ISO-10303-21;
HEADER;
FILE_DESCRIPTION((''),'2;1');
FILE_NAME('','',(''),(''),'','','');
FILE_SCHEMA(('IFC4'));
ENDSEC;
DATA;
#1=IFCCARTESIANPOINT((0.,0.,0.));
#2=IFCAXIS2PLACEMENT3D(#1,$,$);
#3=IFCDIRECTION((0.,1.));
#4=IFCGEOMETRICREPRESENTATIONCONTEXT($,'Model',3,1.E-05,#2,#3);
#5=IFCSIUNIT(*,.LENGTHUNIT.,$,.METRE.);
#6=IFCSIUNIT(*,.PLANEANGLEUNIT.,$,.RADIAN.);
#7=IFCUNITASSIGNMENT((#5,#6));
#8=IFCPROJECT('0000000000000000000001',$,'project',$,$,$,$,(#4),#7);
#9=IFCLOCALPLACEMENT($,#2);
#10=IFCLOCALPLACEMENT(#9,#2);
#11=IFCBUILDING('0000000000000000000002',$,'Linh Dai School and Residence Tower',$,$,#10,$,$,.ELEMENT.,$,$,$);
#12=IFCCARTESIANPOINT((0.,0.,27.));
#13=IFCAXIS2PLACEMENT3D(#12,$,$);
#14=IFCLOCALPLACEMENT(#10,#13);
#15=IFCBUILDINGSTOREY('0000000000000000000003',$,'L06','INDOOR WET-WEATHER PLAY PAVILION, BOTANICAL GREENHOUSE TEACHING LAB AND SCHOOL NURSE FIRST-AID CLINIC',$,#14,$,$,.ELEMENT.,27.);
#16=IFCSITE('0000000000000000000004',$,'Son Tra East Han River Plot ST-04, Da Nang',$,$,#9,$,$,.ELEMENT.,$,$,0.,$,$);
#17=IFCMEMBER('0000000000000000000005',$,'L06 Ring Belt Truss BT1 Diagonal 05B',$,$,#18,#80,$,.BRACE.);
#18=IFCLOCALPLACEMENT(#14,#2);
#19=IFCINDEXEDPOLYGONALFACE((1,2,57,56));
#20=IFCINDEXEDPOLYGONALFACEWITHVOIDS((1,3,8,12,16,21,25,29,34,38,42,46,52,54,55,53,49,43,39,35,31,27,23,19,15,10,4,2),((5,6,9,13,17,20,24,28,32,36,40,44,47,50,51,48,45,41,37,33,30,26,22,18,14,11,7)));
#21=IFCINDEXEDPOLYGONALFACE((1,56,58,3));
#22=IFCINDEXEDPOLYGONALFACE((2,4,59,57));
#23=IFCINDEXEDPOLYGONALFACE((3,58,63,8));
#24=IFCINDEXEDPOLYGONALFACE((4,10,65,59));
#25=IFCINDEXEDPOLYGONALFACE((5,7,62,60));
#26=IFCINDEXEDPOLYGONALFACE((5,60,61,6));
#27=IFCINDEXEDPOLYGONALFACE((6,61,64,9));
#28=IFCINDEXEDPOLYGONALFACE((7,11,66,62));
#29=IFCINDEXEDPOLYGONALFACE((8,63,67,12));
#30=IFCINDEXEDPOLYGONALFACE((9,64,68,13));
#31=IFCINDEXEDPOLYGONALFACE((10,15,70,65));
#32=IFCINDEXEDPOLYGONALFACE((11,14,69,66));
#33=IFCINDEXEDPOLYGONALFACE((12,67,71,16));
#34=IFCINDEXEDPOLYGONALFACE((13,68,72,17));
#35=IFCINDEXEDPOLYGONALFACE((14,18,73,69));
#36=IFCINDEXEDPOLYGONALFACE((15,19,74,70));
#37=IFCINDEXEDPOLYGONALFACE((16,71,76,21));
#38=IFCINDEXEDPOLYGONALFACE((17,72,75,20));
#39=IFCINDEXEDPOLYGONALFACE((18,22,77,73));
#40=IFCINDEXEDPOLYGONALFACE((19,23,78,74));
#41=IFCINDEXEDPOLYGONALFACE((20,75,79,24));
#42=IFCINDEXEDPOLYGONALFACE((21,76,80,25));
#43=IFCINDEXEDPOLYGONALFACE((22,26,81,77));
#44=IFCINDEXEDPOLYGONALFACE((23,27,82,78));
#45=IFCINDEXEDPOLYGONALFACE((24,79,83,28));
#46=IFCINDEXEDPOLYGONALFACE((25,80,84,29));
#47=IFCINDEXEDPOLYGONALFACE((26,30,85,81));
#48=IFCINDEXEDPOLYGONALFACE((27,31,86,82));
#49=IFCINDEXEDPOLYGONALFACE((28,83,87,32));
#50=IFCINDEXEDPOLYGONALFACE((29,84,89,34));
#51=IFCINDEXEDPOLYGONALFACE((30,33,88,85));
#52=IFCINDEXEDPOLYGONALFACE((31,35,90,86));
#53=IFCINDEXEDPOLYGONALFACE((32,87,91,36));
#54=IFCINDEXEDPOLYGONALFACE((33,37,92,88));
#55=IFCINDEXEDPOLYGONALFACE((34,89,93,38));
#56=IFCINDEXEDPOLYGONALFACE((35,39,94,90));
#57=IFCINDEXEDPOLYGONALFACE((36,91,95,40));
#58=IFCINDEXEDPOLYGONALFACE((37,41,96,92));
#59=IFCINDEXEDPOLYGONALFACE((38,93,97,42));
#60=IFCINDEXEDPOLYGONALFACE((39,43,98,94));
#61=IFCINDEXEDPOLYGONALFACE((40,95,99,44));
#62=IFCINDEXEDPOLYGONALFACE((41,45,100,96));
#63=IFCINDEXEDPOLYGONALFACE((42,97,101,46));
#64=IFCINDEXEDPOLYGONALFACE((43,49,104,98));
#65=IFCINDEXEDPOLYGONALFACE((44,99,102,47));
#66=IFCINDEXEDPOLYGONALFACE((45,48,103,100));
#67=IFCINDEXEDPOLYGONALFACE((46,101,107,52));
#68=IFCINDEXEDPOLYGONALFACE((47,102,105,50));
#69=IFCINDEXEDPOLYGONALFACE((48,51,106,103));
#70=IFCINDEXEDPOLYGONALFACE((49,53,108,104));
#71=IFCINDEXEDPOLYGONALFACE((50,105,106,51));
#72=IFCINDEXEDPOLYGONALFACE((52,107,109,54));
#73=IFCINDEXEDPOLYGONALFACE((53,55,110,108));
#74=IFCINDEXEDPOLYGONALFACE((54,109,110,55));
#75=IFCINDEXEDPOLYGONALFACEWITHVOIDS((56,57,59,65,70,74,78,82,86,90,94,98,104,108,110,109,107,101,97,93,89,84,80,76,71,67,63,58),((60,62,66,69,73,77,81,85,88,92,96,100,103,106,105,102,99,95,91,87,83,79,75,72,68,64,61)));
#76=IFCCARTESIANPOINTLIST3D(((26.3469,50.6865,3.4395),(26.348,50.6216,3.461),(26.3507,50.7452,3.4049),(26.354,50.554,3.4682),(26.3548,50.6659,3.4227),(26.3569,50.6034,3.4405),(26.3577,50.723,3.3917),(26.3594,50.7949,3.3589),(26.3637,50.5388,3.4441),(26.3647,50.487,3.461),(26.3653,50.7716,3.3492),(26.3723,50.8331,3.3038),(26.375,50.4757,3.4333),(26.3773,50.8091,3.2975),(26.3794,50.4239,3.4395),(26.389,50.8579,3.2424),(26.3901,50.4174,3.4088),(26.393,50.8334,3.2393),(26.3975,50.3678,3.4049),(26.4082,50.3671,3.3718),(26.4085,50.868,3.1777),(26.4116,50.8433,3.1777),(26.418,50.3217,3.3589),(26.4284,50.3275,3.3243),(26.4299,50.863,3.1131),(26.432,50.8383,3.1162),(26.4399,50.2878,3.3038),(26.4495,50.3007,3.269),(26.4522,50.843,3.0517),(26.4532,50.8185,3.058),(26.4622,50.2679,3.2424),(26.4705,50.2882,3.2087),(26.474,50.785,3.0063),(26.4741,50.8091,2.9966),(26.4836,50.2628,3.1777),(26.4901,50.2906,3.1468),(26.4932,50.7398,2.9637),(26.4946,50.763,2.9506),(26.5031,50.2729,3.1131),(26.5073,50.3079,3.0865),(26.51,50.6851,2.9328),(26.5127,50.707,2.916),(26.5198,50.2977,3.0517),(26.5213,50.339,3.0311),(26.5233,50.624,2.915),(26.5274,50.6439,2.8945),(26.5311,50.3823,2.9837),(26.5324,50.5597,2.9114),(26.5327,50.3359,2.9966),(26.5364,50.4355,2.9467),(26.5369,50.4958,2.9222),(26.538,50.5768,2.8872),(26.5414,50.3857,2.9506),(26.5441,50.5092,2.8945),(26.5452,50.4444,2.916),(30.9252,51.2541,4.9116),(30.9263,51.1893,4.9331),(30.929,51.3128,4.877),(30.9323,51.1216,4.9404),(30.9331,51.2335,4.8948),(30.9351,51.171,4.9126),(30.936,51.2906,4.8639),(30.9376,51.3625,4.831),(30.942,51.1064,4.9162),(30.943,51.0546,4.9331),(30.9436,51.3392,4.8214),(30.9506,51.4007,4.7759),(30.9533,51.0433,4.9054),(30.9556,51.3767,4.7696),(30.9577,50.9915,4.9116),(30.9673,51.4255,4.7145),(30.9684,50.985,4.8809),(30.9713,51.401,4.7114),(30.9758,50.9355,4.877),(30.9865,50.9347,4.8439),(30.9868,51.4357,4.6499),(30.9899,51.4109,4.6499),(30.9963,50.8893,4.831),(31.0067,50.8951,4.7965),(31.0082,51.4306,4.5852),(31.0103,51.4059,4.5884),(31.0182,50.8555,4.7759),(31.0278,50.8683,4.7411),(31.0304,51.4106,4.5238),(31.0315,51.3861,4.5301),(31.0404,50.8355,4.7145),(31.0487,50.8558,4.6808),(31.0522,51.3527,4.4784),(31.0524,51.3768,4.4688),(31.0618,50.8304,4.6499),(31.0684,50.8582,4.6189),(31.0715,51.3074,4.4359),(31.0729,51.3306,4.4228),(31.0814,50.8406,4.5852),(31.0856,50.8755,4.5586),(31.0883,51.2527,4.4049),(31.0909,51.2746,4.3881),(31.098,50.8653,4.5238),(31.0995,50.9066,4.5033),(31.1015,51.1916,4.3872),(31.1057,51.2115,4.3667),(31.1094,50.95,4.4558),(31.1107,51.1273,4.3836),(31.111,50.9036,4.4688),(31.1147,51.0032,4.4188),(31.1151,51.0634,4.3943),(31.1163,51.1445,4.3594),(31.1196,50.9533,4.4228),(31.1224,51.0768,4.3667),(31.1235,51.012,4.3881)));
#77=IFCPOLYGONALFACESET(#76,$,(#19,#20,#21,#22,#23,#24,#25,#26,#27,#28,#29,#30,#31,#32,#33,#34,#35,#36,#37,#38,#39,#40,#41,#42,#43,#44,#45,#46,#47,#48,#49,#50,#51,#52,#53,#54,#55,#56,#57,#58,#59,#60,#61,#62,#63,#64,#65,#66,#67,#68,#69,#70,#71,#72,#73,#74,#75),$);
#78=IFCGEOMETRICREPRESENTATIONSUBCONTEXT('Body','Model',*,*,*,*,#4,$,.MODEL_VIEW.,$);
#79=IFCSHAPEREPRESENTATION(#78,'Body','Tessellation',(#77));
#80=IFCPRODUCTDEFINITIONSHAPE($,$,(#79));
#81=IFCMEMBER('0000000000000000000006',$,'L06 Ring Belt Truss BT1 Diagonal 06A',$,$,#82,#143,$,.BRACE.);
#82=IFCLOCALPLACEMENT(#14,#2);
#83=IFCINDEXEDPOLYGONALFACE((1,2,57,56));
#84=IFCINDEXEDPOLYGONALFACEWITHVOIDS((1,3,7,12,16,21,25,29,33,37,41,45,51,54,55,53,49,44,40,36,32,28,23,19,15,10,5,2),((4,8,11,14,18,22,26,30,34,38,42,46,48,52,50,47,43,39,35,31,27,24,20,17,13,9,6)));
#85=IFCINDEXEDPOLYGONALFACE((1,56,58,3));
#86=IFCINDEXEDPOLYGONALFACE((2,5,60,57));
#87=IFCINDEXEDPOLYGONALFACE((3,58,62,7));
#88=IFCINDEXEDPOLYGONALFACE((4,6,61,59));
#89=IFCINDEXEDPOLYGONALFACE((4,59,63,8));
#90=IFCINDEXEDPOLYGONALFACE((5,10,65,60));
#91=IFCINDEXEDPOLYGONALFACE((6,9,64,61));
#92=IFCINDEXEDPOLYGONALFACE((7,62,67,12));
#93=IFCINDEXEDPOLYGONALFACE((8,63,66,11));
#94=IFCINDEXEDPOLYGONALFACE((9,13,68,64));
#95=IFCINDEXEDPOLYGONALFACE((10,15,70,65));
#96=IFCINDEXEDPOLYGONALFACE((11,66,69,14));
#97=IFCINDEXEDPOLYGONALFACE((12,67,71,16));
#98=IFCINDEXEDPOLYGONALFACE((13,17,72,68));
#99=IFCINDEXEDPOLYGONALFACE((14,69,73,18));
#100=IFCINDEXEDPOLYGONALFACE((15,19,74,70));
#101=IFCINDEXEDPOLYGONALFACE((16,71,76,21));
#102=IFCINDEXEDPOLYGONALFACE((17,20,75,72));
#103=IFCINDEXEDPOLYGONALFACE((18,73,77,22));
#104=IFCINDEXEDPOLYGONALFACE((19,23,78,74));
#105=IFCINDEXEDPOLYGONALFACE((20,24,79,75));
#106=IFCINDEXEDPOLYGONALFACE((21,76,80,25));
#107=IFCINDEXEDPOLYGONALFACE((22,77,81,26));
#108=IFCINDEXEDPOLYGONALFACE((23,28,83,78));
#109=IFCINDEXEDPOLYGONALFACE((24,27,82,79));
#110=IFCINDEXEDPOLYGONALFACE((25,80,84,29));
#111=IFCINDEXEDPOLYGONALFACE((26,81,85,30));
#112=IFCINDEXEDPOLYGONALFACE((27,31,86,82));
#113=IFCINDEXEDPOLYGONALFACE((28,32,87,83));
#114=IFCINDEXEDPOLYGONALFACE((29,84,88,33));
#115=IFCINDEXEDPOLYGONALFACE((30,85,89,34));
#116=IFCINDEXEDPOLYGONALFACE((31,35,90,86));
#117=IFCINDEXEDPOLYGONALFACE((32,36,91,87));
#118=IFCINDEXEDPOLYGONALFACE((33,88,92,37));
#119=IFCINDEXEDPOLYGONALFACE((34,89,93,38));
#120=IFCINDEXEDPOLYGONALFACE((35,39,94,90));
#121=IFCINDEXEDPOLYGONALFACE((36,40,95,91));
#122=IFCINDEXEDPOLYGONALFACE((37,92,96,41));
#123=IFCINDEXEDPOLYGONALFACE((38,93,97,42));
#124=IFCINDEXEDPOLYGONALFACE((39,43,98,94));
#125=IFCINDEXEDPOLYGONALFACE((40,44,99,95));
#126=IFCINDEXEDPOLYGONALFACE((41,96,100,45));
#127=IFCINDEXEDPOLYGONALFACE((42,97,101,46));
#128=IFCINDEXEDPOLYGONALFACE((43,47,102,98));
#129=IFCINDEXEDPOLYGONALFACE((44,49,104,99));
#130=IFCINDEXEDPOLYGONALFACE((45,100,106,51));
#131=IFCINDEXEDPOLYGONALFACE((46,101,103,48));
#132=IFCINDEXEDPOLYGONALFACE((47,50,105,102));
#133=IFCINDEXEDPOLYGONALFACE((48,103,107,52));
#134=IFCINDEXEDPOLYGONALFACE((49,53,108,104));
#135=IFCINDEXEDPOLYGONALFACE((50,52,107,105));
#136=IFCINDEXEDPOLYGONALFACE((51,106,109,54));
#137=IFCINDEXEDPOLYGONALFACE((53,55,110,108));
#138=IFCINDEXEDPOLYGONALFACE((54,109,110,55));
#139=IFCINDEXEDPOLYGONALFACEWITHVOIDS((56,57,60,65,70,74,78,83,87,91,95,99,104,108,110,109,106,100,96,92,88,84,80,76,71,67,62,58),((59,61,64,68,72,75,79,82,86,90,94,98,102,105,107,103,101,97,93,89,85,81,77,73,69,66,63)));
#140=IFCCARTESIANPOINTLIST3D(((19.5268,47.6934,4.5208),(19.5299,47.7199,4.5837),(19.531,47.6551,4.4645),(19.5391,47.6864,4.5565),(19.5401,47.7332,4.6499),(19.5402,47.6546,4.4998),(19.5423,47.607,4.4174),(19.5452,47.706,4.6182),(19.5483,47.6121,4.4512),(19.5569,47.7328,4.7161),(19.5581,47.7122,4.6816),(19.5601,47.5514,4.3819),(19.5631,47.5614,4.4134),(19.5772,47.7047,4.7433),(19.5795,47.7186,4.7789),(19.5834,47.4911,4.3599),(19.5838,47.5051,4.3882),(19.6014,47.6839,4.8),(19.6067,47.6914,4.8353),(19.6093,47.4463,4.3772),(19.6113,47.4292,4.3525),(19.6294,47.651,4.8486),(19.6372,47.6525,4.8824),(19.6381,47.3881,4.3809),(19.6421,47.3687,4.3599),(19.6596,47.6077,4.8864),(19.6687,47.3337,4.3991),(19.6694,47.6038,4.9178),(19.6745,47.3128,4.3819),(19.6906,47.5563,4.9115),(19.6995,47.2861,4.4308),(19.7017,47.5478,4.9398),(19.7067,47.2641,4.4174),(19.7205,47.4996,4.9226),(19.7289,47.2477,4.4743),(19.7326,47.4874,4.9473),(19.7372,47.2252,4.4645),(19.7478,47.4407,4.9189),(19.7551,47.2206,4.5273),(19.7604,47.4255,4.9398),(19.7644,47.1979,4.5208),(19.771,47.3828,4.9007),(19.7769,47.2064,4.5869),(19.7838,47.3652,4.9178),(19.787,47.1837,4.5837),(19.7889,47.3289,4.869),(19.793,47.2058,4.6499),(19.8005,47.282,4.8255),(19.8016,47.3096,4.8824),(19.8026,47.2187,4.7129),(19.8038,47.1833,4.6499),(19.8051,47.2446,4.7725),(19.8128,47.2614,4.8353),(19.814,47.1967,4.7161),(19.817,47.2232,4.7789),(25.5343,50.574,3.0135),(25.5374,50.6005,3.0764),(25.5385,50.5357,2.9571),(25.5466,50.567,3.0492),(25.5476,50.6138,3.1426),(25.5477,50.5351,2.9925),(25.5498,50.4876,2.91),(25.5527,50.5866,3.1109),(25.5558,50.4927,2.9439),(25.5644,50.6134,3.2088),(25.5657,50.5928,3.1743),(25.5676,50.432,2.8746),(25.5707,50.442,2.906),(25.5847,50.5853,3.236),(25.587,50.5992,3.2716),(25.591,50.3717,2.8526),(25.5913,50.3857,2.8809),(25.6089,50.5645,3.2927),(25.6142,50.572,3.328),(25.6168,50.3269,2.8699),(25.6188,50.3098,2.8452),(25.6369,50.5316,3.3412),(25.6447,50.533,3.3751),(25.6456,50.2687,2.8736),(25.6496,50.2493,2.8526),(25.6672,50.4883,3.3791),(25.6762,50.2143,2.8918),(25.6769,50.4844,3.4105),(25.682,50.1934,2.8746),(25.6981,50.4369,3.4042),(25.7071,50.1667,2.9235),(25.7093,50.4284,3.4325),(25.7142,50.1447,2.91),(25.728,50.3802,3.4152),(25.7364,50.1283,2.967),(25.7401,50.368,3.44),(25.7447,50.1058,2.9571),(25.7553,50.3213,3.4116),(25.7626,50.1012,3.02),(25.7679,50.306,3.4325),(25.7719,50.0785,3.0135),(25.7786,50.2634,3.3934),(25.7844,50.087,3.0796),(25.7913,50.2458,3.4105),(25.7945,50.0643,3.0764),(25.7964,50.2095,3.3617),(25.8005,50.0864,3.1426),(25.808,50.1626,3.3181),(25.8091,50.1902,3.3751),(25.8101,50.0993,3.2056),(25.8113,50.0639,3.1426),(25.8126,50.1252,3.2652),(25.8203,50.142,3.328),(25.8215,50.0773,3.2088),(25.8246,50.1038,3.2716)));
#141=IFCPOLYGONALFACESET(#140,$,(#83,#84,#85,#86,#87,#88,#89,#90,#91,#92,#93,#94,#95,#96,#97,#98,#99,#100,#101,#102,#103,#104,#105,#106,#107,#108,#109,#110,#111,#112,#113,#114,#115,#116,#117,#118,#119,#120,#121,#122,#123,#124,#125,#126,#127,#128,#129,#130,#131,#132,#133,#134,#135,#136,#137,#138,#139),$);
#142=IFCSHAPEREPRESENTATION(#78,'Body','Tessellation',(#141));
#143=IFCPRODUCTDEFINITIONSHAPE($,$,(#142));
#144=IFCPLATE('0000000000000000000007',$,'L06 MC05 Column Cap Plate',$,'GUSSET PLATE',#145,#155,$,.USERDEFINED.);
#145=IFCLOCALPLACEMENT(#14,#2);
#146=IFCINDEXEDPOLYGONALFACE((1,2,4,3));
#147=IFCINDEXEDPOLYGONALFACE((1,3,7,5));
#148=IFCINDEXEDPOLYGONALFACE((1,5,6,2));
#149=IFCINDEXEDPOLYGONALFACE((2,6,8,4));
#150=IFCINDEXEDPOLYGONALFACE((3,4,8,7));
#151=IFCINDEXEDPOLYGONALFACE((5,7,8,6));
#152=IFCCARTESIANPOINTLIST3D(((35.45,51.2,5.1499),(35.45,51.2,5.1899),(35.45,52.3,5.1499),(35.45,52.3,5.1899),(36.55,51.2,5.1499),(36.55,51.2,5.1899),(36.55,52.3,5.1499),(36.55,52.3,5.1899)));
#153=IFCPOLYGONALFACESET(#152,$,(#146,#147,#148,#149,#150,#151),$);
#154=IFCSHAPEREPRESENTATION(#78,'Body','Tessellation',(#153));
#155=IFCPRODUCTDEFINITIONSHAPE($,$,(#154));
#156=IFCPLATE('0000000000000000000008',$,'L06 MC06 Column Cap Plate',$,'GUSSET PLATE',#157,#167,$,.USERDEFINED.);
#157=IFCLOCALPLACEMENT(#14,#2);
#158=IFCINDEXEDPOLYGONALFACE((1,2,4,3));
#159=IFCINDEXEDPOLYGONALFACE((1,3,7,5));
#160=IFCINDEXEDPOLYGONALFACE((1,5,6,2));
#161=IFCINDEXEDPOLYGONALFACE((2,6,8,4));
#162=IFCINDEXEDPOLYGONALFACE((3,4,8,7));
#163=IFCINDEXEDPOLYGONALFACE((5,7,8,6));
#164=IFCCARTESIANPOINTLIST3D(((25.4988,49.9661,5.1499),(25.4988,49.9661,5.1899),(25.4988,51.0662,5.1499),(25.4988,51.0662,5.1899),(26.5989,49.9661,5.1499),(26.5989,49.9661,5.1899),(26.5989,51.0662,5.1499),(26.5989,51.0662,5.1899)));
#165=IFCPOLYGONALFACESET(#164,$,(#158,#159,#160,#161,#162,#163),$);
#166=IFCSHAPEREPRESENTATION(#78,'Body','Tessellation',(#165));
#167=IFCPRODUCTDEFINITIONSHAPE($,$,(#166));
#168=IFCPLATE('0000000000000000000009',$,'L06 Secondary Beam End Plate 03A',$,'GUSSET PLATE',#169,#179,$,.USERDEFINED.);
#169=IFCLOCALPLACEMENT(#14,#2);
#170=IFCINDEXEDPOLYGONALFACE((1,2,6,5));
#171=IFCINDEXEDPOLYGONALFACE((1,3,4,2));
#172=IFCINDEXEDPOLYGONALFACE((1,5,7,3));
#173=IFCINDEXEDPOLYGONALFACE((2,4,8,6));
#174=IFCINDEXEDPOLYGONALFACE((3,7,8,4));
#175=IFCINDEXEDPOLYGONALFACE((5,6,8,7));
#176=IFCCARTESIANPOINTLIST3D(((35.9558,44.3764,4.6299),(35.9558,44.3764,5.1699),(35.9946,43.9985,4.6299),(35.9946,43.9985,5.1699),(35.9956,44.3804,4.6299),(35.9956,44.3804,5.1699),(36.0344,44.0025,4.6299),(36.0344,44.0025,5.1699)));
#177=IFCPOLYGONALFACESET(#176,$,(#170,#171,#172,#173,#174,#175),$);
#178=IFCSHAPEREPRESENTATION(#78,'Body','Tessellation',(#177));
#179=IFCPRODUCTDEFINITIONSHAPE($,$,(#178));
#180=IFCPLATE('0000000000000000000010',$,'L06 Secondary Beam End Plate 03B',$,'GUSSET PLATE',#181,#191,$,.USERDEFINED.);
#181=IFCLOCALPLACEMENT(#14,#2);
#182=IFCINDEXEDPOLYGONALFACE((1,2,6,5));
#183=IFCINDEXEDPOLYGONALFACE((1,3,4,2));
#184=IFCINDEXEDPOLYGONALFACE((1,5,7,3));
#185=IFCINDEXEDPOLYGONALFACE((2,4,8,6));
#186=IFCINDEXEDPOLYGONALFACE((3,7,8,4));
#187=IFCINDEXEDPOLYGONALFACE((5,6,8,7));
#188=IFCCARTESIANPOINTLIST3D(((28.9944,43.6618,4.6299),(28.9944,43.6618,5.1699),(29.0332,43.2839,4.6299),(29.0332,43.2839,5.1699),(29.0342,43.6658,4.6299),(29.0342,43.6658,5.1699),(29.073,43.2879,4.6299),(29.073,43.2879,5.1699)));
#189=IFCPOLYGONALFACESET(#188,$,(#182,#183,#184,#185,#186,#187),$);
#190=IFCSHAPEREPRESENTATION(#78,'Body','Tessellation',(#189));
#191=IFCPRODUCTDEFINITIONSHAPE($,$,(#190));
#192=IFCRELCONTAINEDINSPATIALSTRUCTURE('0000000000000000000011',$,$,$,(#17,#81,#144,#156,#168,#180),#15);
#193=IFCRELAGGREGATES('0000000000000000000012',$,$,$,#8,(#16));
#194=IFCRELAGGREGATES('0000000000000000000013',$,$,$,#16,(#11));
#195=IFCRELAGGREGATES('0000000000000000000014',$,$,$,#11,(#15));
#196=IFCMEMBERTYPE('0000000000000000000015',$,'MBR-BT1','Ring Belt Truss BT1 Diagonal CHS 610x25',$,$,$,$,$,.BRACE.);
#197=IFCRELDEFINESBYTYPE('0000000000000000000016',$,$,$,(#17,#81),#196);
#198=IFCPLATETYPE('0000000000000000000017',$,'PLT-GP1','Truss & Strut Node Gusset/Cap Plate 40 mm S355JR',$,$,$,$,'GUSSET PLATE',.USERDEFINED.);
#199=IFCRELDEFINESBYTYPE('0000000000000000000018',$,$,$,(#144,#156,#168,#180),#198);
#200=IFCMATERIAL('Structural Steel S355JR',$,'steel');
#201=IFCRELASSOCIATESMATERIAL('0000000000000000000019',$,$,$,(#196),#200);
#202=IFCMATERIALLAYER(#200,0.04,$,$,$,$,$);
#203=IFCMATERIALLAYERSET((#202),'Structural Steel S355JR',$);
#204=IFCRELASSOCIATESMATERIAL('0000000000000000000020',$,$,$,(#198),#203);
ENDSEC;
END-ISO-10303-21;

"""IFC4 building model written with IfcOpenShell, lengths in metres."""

from ifc_helpers import new_model, si_unit, direction, frame, origin, origin_2d, place, context, subcontext, project, spatial, rectangle, hollow_circle, extrude, source, transform, mapped, material, layer, layer_set, material_profile, profile_set, type_object, element, save


model = new_model("IFC4")

# Units and contexts
model_context = context("Model", 3, precision=1e-05, world=origin(), true_north=direction((0.0, 1.0)))
body_context = subcontext(model_context, "Body", "Model", "MODEL_VIEW")
ifc_project = project(units=[si_unit("LENGTHUNIT", "METRE"), si_unit("PLANEANGLEUNIT", "RADIAN")], contexts=[model_context])

# Site, building, storey
site_placement = place(None, origin())
site = spatial("IfcSite", under=ifc_project, at=site_placement, Name="Son Tra East Han River Plot ST-04, Da Nang", CompositionType="ELEMENT", RefElevation=0.0)
building_placement = place(site_placement, origin())
building = spatial("IfcBuilding", under=site, at=building_placement, Name="Linh Dai School and Residence Tower", CompositionType="ELEMENT")
storey_placement = place(building_placement, frame((0.0, 0.0, 27.0)))
storey = spatial("IfcBuildingStorey", under=building, at=storey_placement, Name="L06", Description="INDOOR WET-WEATHER PLAY PAVILION, BOTANICAL GREENHOUSE TEACHING LAB AND SCHOOL NURSE FIRST-AID CLINIC", CompositionType="ELEMENT", Elevation=27.0)

# Shared definitions
ifc_material_1 = material(Name="Structural Steel S355JR", Category="steel")

# Members
ifc_material_profile_1 = material_profile(ifc_material_1, hollow_circle(Radius=0.3049, WallThickness=0.0249, at=origin_2d()), Name="CHS 610x25")
ifc_profile_set_1 = profile_set([ifc_material_profile_1], Name="Structural Steel S355JR")
member_type = type_object("IfcMemberType", Name="MBR-BT1", Description="Ring Belt Truss BT1 Diagonal CHS 610x25", PredefinedType="BRACE", material=ifc_profile_set_1)
member_1_placement = place(storey_placement, frame((26.446, 50.5654, 3.1777), z_axis=(0.945433, 0.117215, 0.304003), x_axis=(-0.123038, 0.992402, 0.0)))
element("IfcMember", 1, at=member_1_placement, inside=storey, type_object=member_type, Name="L06 Ring Belt Truss BT1 Diagonal 05B", PredefinedType="BRACE", context=body_context, shape_type="SweptSolid", body=[
    extrude(hollow_circle(Radius=0.3049, WallThickness=0.0249, at=origin_2d()), origin(), (0.0, 0.0, 1.0), 4.8425),
])
member_2_placement = place(storey_placement, frame((25.6794, 50.3389, 3.1426), z_axis=(-0.879473, -0.421705, 0.220663), x_axis=(0.432363, -0.9017, 0.0)))
element("IfcMember", 2, at=member_2_placement, inside=storey, type_object=member_type, Name="L06 Ring Belt Truss BT1 Diagonal 06A", PredefinedType="BRACE", context=body_context, shape_type="SweptSolid", body=[
    extrude(hollow_circle(Radius=0.3049, WallThickness=0.0249, at=origin_2d()), origin(), (0.0, 0.0, 1.0), 6.8308),
])

# Plates
ifc_layer_1 = layer(ifc_material_1, 0.04)
ifc_layer_set_1 = layer_set([ifc_layer_1], Name="Structural Steel S355JR")
plate_type = type_object("IfcPlateType", Name="PLT-GP1", Description="Truss & Strut Node Gusset/Cap Plate 40 mm S355JR", ElementType="GUSSET PLATE", PredefinedType="USERDEFINED", material=ifc_layer_set_1)
shared_shape_1 = source(origin(), body_context, "Body", "SweptSolid", [
    extrude(rectangle(XDim=1.1001, YDim=1.1001, at=origin_2d()), origin(), (0.0, 0.0, 1.0), 0.04),
])
for number, where, z_axis, x_axis, name in (
    (3, (36.0, 51.75, 5.1499), (0.0, 0.0, 1.0), (1.0, 0.0, 0.0), "L06 MC05 Column Cap Plate"),
    (4, (26.0488, 50.5161, 5.1499), (0.0, 0.0, 1.0), (1.0, 0.0, 0.0), "L06 MC06 Column Cap Plate"),
):
    element("IfcPlate", number, at=place(storey_placement, frame(where, z_axis=z_axis, x_axis=x_axis)), inside=storey, type_object=plate_type, Name=name, ObjectType="GUSSET PLATE", PredefinedType="USERDEFINED", context=body_context, shape_type="MappedRepresentation", body=[
        mapped(shared_shape_1, transform((0.0, 0.0, 0.0), x_axis=(1.0, 0.0, 0.0), y_axis=(0.0, 1.0, 0.0), z_axis=(0.0, 0.0, 1.0), scale=1.0)),
    ])
shared_shape_2 = source(origin(), body_context, "Body", "SweptSolid", [
    extrude(rectangle(XDim=0.04, YDim=0.3799, at=origin_2d()), origin(), (0.0, 0.0, 1.0), 0.54),
])
for number, where, z_axis, x_axis, name in (
    (5, (35.9951, 44.1895, 4.6299), (0.0, 0.0, 1.0), (-0.994772, -0.102124, 0.0), "L06 Secondary Beam End Plate 03A"),
    (6, (29.0337, 43.4749, 4.6299), (0.0, 0.0, 1.0), (-0.994772, -0.102124, 0.0), "L06 Secondary Beam End Plate 03B"),
):
    element("IfcPlate", number, at=place(storey_placement, frame(where, z_axis=z_axis, x_axis=x_axis)), inside=storey, type_object=plate_type, Name=name, ObjectType="GUSSET PLATE", PredefinedType="USERDEFINED", context=body_context, shape_type="MappedRepresentation", body=[
        mapped(shared_shape_2, transform((0.0, 0.0, 0.0), x_axis=(1.0, 0.0, 0.0), y_axis=(0.0, 1.0, 0.0), z_axis=(0.0, 0.0, 1.0), scale=1.0)),
    ])

save(model, "model.ifc")
